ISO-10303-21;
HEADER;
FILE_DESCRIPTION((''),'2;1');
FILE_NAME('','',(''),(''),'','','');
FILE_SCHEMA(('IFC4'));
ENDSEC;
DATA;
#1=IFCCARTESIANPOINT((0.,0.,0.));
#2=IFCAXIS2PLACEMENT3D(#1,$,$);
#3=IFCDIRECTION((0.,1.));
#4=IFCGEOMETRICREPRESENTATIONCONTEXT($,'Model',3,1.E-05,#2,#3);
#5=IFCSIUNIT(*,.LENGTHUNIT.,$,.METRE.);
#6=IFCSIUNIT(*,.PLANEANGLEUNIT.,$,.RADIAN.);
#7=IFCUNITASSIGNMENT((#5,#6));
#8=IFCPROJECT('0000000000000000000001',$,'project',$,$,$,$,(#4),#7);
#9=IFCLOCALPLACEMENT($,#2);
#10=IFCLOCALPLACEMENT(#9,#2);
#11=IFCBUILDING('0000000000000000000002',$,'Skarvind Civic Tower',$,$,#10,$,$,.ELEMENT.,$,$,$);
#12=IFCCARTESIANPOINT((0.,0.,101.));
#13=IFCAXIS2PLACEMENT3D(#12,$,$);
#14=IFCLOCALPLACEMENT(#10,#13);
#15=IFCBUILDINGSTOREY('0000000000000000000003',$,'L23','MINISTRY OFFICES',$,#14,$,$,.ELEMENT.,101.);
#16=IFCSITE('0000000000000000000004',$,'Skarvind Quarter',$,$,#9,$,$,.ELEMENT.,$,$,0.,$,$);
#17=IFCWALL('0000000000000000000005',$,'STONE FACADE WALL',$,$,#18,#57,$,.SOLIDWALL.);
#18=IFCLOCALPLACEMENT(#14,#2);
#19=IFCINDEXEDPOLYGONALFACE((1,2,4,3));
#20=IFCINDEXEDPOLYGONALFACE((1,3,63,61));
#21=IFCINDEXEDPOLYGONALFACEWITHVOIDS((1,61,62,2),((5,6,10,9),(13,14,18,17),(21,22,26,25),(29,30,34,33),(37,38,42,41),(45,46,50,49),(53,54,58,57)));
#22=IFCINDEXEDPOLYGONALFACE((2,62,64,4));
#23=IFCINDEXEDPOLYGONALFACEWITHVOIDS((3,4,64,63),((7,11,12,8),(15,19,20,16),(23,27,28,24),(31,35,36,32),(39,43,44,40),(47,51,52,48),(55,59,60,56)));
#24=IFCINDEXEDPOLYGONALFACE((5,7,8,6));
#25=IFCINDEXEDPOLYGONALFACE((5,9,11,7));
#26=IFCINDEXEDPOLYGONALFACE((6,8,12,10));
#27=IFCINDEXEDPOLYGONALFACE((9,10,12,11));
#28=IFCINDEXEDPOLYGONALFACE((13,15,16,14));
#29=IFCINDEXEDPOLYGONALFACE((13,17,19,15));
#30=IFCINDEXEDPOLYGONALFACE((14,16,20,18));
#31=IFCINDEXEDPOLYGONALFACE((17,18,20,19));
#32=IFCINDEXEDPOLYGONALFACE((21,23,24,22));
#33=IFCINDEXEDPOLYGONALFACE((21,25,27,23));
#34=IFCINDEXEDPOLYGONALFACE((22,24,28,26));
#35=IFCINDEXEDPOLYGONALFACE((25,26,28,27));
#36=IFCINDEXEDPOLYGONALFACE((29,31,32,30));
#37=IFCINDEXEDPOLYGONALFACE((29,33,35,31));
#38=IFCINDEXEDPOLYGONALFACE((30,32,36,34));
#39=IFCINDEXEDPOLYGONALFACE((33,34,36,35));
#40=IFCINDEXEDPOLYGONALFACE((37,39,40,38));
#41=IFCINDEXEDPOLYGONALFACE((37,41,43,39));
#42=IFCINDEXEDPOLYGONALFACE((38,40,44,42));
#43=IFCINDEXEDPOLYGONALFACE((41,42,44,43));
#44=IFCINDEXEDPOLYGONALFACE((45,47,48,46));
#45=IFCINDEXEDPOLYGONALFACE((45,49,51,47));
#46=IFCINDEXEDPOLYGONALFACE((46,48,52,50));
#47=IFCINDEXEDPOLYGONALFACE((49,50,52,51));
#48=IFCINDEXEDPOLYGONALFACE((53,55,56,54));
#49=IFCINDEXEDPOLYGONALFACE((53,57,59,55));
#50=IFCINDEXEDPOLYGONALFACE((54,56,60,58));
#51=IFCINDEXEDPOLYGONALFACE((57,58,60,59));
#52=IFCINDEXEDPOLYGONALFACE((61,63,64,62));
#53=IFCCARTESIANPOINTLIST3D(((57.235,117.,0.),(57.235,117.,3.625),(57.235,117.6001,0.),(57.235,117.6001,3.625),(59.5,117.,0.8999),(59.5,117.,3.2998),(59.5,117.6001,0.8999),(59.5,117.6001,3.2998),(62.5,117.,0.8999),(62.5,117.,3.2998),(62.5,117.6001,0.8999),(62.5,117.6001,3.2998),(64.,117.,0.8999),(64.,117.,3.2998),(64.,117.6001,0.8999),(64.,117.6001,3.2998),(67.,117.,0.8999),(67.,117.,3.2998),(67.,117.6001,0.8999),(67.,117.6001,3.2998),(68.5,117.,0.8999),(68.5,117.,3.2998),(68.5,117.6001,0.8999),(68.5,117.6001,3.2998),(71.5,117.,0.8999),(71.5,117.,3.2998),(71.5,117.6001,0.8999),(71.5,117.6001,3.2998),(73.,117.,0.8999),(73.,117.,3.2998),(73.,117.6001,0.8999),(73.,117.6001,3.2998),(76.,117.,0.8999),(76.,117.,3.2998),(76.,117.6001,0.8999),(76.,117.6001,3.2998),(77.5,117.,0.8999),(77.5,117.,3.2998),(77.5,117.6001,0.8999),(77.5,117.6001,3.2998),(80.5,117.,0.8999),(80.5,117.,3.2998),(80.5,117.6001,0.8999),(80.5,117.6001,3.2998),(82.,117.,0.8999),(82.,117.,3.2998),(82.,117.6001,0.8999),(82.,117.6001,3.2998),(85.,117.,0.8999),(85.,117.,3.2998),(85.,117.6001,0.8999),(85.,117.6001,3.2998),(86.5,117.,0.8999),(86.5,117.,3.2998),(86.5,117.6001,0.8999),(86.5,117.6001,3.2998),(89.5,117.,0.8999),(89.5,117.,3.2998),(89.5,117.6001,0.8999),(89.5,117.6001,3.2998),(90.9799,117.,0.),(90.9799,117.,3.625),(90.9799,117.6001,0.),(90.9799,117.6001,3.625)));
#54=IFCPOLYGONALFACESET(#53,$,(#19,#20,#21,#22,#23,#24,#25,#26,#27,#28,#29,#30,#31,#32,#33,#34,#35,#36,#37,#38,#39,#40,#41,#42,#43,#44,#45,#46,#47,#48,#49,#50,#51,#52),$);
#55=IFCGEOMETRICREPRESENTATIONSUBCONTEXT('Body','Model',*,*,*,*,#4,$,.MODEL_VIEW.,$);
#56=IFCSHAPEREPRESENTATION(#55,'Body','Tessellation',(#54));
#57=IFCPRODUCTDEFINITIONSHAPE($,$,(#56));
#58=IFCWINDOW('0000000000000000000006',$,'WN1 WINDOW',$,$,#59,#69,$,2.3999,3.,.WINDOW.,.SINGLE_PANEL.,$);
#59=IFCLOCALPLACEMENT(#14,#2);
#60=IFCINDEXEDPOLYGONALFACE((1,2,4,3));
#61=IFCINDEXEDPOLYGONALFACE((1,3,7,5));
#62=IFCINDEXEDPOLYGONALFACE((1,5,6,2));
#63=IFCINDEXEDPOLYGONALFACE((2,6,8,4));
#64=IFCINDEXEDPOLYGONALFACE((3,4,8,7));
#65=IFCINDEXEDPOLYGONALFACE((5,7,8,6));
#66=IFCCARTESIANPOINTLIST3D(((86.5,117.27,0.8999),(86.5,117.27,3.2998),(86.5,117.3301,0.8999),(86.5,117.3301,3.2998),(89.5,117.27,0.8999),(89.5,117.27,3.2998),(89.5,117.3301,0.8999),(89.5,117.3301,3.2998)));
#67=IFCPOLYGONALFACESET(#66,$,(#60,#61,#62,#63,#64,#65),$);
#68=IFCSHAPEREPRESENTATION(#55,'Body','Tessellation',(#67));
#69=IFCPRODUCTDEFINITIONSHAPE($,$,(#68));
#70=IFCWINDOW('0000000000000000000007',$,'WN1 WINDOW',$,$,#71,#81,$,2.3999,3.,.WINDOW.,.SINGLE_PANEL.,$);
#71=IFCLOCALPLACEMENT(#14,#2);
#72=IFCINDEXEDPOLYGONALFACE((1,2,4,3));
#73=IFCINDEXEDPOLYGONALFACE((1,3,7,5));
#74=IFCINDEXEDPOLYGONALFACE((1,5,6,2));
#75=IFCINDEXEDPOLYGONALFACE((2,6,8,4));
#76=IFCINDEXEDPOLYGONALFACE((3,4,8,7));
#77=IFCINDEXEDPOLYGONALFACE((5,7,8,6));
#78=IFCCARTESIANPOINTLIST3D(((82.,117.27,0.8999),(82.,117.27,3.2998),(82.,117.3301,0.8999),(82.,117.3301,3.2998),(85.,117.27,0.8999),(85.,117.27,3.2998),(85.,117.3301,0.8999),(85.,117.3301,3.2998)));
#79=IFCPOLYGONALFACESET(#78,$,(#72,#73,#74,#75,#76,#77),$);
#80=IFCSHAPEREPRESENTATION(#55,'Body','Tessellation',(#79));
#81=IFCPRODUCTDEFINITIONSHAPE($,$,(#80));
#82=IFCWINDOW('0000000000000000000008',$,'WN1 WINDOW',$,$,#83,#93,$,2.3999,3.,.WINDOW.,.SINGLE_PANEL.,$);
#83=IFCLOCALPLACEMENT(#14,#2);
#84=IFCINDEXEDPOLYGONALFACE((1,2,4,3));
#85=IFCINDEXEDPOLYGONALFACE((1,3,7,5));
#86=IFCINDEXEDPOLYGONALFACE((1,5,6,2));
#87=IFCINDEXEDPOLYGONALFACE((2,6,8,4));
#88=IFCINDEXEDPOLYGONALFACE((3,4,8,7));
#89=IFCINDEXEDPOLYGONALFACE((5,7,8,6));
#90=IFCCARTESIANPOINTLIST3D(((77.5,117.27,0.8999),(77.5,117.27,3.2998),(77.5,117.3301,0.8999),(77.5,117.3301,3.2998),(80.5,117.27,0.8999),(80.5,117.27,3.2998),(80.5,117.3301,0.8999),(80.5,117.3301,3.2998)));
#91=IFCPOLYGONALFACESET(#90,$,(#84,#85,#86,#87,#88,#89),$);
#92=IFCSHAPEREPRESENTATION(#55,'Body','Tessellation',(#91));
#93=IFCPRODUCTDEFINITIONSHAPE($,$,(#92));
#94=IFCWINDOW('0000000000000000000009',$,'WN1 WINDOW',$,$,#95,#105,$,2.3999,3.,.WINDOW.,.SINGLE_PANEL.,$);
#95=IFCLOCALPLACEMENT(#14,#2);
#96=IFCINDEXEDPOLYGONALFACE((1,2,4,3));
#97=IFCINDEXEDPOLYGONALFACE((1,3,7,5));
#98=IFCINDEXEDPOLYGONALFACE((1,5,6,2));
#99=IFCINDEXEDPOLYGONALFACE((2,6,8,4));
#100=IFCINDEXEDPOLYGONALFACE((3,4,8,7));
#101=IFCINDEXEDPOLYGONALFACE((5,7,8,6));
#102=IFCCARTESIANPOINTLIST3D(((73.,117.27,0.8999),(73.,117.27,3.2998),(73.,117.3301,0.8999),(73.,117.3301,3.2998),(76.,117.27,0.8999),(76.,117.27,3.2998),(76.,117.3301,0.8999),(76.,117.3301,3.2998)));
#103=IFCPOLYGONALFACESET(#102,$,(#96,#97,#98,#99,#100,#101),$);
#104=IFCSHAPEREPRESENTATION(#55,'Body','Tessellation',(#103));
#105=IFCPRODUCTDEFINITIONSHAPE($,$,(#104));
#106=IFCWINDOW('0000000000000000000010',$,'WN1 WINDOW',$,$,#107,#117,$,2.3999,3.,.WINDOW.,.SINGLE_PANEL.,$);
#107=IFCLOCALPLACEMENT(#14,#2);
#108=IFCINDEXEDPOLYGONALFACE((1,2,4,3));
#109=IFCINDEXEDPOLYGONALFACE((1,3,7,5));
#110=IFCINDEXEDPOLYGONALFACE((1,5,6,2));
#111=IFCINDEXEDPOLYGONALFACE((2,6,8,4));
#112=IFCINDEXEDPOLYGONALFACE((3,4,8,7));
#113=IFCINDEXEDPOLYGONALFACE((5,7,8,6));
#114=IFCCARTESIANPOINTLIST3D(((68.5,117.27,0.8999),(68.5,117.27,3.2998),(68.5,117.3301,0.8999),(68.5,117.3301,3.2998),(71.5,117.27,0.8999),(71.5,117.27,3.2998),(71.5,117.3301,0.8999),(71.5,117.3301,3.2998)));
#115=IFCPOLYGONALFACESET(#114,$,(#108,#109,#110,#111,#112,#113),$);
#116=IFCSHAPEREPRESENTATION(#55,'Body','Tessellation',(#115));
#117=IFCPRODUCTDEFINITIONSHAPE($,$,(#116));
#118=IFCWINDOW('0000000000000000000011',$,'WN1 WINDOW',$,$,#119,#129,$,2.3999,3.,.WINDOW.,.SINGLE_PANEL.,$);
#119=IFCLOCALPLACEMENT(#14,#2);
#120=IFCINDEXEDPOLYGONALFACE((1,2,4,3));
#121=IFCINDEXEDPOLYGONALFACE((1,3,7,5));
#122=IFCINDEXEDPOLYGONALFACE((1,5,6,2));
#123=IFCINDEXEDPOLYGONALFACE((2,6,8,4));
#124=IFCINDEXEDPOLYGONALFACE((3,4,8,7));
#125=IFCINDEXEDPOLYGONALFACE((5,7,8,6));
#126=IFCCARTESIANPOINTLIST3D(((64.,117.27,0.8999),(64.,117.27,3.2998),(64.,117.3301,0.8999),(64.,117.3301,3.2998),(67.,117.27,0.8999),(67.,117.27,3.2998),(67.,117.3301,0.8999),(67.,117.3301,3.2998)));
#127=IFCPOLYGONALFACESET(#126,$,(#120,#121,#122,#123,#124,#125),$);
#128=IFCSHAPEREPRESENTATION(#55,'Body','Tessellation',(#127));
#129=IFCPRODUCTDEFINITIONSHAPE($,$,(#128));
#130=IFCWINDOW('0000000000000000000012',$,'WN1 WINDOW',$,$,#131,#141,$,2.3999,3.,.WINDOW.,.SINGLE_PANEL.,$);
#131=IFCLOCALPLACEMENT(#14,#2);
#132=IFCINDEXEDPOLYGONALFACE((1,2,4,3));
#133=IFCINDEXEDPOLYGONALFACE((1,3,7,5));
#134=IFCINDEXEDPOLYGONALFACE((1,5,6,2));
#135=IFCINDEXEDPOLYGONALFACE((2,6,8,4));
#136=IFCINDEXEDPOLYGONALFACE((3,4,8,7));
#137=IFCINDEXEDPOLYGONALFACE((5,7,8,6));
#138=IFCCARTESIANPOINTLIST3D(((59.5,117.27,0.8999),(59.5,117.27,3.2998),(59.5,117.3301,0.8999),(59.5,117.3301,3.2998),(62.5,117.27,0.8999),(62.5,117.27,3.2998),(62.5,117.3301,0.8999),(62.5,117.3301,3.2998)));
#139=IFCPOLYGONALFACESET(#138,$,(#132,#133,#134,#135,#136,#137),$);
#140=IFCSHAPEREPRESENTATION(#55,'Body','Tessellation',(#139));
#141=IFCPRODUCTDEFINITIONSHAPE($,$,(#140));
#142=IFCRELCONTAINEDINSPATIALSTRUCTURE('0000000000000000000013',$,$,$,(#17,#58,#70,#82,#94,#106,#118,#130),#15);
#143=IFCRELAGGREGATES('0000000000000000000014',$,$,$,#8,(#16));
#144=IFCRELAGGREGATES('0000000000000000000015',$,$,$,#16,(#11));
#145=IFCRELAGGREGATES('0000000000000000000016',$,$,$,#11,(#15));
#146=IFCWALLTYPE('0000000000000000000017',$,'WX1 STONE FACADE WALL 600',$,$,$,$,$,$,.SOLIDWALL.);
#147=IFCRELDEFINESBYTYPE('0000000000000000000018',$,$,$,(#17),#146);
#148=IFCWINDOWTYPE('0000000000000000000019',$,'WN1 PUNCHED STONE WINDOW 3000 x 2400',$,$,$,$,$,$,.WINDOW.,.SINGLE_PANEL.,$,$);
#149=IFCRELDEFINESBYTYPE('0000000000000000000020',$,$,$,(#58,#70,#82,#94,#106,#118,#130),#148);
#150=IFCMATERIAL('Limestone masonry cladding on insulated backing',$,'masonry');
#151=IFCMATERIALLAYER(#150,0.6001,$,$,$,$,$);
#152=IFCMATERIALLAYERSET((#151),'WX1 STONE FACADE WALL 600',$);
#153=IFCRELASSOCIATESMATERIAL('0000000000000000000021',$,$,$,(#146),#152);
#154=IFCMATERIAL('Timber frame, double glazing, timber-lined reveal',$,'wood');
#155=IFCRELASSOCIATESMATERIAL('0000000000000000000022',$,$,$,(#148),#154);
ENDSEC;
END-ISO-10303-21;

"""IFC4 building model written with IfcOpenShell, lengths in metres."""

from ifc_helpers import new_model, si_unit, direction, frame, frame_2d, origin, place, context, subcontext, project, spatial, rectangle, extrude, material, layer, layer_set, type_object, element, fill, save


model = new_model("IFC4")

# Units and contexts
model_context = context("Model", 3, precision=1e-05, world=origin(), true_north=direction((0.0, 1.0)))
body_context = subcontext(model_context, "Body", "Model", "MODEL_VIEW")
ifc_project = project(units=[si_unit("LENGTHUNIT", "METRE"), si_unit("PLANEANGLEUNIT", "RADIAN")], contexts=[model_context])

# Site, building, storey
site_placement = place(None, origin())
site = spatial("IfcSite", under=ifc_project, at=site_placement, Name="Skarvind Quarter", CompositionType="ELEMENT", RefElevation=0.0)
building_placement = place(site_placement, origin())
building = spatial("IfcBuilding", under=site, at=building_placement, Name="Skarvind Civic Tower", CompositionType="ELEMENT")
storey_placement = place(building_placement, frame((0.0, 0.0, 101.0)))
storey = spatial("IfcBuildingStorey", under=building, at=storey_placement, Name="L23", Description="MINISTRY OFFICES", CompositionType="ELEMENT", Elevation=101.0)

# Wall, openings, windows
ifc_material_1 = material(Name="Limestone masonry cladding on insulated backing", Category="masonry")
ifc_layer_1 = layer(ifc_material_1, 0.6001)
ifc_layer_set_1 = layer_set([ifc_layer_1], Name="WX1 STONE FACADE WALL 600")
wall_type_1 = type_object("IfcWallType", Name="WX1 STONE FACADE WALL 600", PredefinedType="SOLIDWALL", material=ifc_layer_set_1)
wall_1_placement = place(storey_placement, frame((90.98, 117.3, 0.0), z_axis=(0.0, 0.0, 1.0), x_axis=(-1.0, 0.0, 0.0)))
wall_1 = element("IfcWall", 1, at=wall_1_placement, inside=storey, type_object=wall_type_1, Name="STONE FACADE WALL", PredefinedType="SOLIDWALL", context=body_context, shape_type="SweptSolid", body=[
    extrude(rectangle(XDim=33.7449, YDim=0.6001, at=frame_2d((16.8726, 0.0))), origin(), (0.0, 0.0, 1.0), 3.625),
])
opening_1_placement = place(wall_1_placement, frame((1.48, 0.0, 0.8999)))
opening_1 = element("IfcOpeningElement", 2, at=opening_1_placement, cuts=wall_1, PredefinedType="OPENING", context=body_context, shape_type="SweptSolid", body=[
    extrude(rectangle(XDim=3.0, YDim=2.3999, at=frame_2d((1.5, 1.2))), frame((0.0, 0.3101, 0.0), z_axis=(0.0, -1.0, 0.0), x_axis=(1.0, 0.0, 0.0)), (0.0, 0.0, 1.0), 0.6201),
])
opening_2_placement = place(wall_1_placement, frame((5.98, 0.0, 0.8999)))
opening_2 = element("IfcOpeningElement", 3, at=opening_2_placement, cuts=wall_1, PredefinedType="OPENING", context=body_context, shape_type="SweptSolid", body=[
    extrude(rectangle(XDim=3.0, YDim=2.3999, at=frame_2d((1.5, 1.2))), frame((0.0, 0.3101, 0.0), z_axis=(0.0, -1.0, 0.0), x_axis=(1.0, 0.0, 0.0)), (0.0, 0.0, 1.0), 0.6201),
])
opening_3_placement = place(wall_1_placement, frame((10.48, 0.0, 0.8999)))
opening_3 = element("IfcOpeningElement", 4, at=opening_3_placement, cuts=wall_1, PredefinedType="OPENING", context=body_context, shape_type="SweptSolid", body=[
    extrude(rectangle(XDim=3.0, YDim=2.3999, at=frame_2d((1.5, 1.2))), frame((0.0, 0.3101, 0.0), z_axis=(0.0, -1.0, 0.0), x_axis=(1.0, 0.0, 0.0)), (0.0, 0.0, 1.0), 0.6201),
])
opening_4_placement = place(wall_1_placement, frame((14.98, 0.0, 0.8999)))
opening_4 = element("IfcOpeningElement", 5, at=opening_4_placement, cuts=wall_1, PredefinedType="OPENING", context=body_context, shape_type="SweptSolid", body=[
    extrude(rectangle(XDim=3.0, YDim=2.3999, at=frame_2d((1.5, 1.2))), frame((0.0, 0.3101, 0.0), z_axis=(0.0, -1.0, 0.0), x_axis=(1.0, 0.0, 0.0)), (0.0, 0.0, 1.0), 0.6201),
])
opening_5_placement = place(wall_1_placement, frame((19.48, 0.0, 0.8999)))
opening_5 = element("IfcOpeningElement", 6, at=opening_5_placement, cuts=wall_1, PredefinedType="OPENING", context=body_context, shape_type="SweptSolid", body=[
    extrude(rectangle(XDim=3.0, YDim=2.3999, at=frame_2d((1.5, 1.2))), frame((0.0, 0.3101, 0.0), z_axis=(0.0, -1.0, 0.0), x_axis=(1.0, 0.0, 0.0)), (0.0, 0.0, 1.0), 0.6201),
])
opening_6_placement = place(wall_1_placement, frame((23.98, 0.0, 0.8999)))
opening_6 = element("IfcOpeningElement", 7, at=opening_6_placement, cuts=wall_1, PredefinedType="OPENING", context=body_context, shape_type="SweptSolid", body=[
    extrude(rectangle(XDim=3.0, YDim=2.3999, at=frame_2d((1.5, 1.2))), frame((0.0, 0.3101, 0.0), z_axis=(0.0, -1.0, 0.0), x_axis=(1.0, 0.0, 0.0)), (0.0, 0.0, 1.0), 0.6201),
])
opening_7_placement = place(wall_1_placement, frame((28.48, 0.0, 0.8999)))
opening_7 = element("IfcOpeningElement", 8, at=opening_7_placement, cuts=wall_1, PredefinedType="OPENING", context=body_context, shape_type="SweptSolid", body=[
    extrude(rectangle(XDim=3.0, YDim=2.3999, at=frame_2d((1.5, 1.2))), frame((0.0, 0.3101, 0.0), z_axis=(0.0, -1.0, 0.0), x_axis=(1.0, 0.0, 0.0)), (0.0, 0.0, 1.0), 0.6201),
])
ifc_material_2 = material(Name="Timber frame, double glazing, timber-lined reveal", Category="wood")
window_type = type_object("IfcWindowType", Name="WN1 PUNCHED STONE WINDOW 3000 x 2400", PartitioningType="SINGLE_PANEL", PredefinedType="WINDOW", material=ifc_material_2)
window_1_placement = place(opening_1_placement, origin())
window_1 = element("IfcWindow", 9, at=window_1_placement, inside=storey, type_object=window_type, Name="WN1 WINDOW", OverallHeight=2.3999, OverallWidth=3.0, PartitioningType="SINGLE_PANEL", PredefinedType="WINDOW", context=body_context, shape_type="SweptSolid", body=[
    extrude(rectangle(XDim=3.0, YDim=2.3999, at=frame_2d((1.5, 1.2))), frame((0.0, 0.03, 0.0), z_axis=(0.0, -1.0, 0.0), x_axis=(1.0, 0.0, 0.0)), (0.0, 0.0, 1.0), 0.0601),
])
fill(opening_1, window_1)
window_2_placement = place(opening_2_placement, origin())
window_2 = element("IfcWindow", 10, at=window_2_placement, inside=storey, type_object=window_type, Name="WN1 WINDOW", OverallHeight=2.3999, OverallWidth=3.0, PartitioningType="SINGLE_PANEL", PredefinedType="WINDOW", context=body_context, shape_type="SweptSolid", body=[
    extrude(rectangle(XDim=3.0, YDim=2.3999, at=frame_2d((1.5, 1.2))), frame((0.0, 0.03, 0.0), z_axis=(0.0, -1.0, 0.0), x_axis=(1.0, 0.0, 0.0)), (0.0, 0.0, 1.0), 0.0601),
])
fill(opening_2, window_2)
window_3_placement = place(opening_3_placement, origin())
window_3 = element("IfcWindow", 11, at=window_3_placement, inside=storey, type_object=window_type, Name="WN1 WINDOW", OverallHeight=2.3999, OverallWidth=3.0, PartitioningType="SINGLE_PANEL", PredefinedType="WINDOW", context=body_context, shape_type="SweptSolid", body=[
    extrude(rectangle(XDim=3.0, YDim=2.3999, at=frame_2d((1.5, 1.2))), frame((0.0, 0.03, 0.0), z_axis=(0.0, -1.0, 0.0), x_axis=(1.0, 0.0, 0.0)), (0.0, 0.0, 1.0), 0.0601),
])
fill(opening_3, window_3)
window_4_placement = place(opening_4_placement, origin())
window_4 = element("IfcWindow", 12, at=window_4_placement, inside=storey, type_object=window_type, Name="WN1 WINDOW", OverallHeight=2.3999, OverallWidth=3.0, PartitioningType="SINGLE_PANEL", PredefinedType="WINDOW", context=body_context, shape_type="SweptSolid", body=[
    extrude(rectangle(XDim=3.0, YDim=2.3999, at=frame_2d((1.5, 1.2))), frame((0.0, 0.03, 0.0), z_axis=(0.0, -1.0, 0.0), x_axis=(1.0, 0.0, 0.0)), (0.0, 0.0, 1.0), 0.0601),
])
fill(opening_4, window_4)
window_5_placement = place(opening_5_placement, origin())
window_5 = element("IfcWindow", 13, at=window_5_placement, inside=storey, type_object=window_type, Name="WN1 WINDOW", OverallHeight=2.3999, OverallWidth=3.0, PartitioningType="SINGLE_PANEL", PredefinedType="WINDOW", context=body_context, shape_type="SweptSolid", body=[
    extrude(rectangle(XDim=3.0, YDim=2.3999, at=frame_2d((1.5, 1.2))), frame((0.0, 0.03, 0.0), z_axis=(0.0, -1.0, 0.0), x_axis=(1.0, 0.0, 0.0)), (0.0, 0.0, 1.0), 0.0601),
])
fill(opening_5, window_5)
window_6_placement = place(opening_6_placement, origin())
window_6 = element("IfcWindow", 14, at=window_6_placement, inside=storey, type_object=window_type, Name="WN1 WINDOW", OverallHeight=2.3999, OverallWidth=3.0, PartitioningType="SINGLE_PANEL", PredefinedType="WINDOW", context=body_context, shape_type="SweptSolid", body=[
    extrude(rectangle(XDim=3.0, YDim=2.3999, at=frame_2d((1.5, 1.2))), frame((0.0, 0.03, 0.0), z_axis=(0.0, -1.0, 0.0), x_axis=(1.0, 0.0, 0.0)), (0.0, 0.0, 1.0), 0.0601),
])
fill(opening_6, window_6)
window_7_placement = place(opening_7_placement, origin())
window_7 = element("IfcWindow", 15, at=window_7_placement, inside=storey, type_object=window_type, Name="WN1 WINDOW", OverallHeight=2.3999, OverallWidth=3.0, PartitioningType="SINGLE_PANEL", PredefinedType="WINDOW", context=body_context, shape_type="SweptSolid", body=[
    extrude(rectangle(XDim=3.0, YDim=2.3999, at=frame_2d((1.5, 1.2))), frame((0.0, 0.03, 0.0), z_axis=(0.0, -1.0, 0.0), x_axis=(1.0, 0.0, 0.0)), (0.0, 0.0, 1.0), 0.0601),
])
fill(opening_7, window_7)

save(model, "model.ifc")
